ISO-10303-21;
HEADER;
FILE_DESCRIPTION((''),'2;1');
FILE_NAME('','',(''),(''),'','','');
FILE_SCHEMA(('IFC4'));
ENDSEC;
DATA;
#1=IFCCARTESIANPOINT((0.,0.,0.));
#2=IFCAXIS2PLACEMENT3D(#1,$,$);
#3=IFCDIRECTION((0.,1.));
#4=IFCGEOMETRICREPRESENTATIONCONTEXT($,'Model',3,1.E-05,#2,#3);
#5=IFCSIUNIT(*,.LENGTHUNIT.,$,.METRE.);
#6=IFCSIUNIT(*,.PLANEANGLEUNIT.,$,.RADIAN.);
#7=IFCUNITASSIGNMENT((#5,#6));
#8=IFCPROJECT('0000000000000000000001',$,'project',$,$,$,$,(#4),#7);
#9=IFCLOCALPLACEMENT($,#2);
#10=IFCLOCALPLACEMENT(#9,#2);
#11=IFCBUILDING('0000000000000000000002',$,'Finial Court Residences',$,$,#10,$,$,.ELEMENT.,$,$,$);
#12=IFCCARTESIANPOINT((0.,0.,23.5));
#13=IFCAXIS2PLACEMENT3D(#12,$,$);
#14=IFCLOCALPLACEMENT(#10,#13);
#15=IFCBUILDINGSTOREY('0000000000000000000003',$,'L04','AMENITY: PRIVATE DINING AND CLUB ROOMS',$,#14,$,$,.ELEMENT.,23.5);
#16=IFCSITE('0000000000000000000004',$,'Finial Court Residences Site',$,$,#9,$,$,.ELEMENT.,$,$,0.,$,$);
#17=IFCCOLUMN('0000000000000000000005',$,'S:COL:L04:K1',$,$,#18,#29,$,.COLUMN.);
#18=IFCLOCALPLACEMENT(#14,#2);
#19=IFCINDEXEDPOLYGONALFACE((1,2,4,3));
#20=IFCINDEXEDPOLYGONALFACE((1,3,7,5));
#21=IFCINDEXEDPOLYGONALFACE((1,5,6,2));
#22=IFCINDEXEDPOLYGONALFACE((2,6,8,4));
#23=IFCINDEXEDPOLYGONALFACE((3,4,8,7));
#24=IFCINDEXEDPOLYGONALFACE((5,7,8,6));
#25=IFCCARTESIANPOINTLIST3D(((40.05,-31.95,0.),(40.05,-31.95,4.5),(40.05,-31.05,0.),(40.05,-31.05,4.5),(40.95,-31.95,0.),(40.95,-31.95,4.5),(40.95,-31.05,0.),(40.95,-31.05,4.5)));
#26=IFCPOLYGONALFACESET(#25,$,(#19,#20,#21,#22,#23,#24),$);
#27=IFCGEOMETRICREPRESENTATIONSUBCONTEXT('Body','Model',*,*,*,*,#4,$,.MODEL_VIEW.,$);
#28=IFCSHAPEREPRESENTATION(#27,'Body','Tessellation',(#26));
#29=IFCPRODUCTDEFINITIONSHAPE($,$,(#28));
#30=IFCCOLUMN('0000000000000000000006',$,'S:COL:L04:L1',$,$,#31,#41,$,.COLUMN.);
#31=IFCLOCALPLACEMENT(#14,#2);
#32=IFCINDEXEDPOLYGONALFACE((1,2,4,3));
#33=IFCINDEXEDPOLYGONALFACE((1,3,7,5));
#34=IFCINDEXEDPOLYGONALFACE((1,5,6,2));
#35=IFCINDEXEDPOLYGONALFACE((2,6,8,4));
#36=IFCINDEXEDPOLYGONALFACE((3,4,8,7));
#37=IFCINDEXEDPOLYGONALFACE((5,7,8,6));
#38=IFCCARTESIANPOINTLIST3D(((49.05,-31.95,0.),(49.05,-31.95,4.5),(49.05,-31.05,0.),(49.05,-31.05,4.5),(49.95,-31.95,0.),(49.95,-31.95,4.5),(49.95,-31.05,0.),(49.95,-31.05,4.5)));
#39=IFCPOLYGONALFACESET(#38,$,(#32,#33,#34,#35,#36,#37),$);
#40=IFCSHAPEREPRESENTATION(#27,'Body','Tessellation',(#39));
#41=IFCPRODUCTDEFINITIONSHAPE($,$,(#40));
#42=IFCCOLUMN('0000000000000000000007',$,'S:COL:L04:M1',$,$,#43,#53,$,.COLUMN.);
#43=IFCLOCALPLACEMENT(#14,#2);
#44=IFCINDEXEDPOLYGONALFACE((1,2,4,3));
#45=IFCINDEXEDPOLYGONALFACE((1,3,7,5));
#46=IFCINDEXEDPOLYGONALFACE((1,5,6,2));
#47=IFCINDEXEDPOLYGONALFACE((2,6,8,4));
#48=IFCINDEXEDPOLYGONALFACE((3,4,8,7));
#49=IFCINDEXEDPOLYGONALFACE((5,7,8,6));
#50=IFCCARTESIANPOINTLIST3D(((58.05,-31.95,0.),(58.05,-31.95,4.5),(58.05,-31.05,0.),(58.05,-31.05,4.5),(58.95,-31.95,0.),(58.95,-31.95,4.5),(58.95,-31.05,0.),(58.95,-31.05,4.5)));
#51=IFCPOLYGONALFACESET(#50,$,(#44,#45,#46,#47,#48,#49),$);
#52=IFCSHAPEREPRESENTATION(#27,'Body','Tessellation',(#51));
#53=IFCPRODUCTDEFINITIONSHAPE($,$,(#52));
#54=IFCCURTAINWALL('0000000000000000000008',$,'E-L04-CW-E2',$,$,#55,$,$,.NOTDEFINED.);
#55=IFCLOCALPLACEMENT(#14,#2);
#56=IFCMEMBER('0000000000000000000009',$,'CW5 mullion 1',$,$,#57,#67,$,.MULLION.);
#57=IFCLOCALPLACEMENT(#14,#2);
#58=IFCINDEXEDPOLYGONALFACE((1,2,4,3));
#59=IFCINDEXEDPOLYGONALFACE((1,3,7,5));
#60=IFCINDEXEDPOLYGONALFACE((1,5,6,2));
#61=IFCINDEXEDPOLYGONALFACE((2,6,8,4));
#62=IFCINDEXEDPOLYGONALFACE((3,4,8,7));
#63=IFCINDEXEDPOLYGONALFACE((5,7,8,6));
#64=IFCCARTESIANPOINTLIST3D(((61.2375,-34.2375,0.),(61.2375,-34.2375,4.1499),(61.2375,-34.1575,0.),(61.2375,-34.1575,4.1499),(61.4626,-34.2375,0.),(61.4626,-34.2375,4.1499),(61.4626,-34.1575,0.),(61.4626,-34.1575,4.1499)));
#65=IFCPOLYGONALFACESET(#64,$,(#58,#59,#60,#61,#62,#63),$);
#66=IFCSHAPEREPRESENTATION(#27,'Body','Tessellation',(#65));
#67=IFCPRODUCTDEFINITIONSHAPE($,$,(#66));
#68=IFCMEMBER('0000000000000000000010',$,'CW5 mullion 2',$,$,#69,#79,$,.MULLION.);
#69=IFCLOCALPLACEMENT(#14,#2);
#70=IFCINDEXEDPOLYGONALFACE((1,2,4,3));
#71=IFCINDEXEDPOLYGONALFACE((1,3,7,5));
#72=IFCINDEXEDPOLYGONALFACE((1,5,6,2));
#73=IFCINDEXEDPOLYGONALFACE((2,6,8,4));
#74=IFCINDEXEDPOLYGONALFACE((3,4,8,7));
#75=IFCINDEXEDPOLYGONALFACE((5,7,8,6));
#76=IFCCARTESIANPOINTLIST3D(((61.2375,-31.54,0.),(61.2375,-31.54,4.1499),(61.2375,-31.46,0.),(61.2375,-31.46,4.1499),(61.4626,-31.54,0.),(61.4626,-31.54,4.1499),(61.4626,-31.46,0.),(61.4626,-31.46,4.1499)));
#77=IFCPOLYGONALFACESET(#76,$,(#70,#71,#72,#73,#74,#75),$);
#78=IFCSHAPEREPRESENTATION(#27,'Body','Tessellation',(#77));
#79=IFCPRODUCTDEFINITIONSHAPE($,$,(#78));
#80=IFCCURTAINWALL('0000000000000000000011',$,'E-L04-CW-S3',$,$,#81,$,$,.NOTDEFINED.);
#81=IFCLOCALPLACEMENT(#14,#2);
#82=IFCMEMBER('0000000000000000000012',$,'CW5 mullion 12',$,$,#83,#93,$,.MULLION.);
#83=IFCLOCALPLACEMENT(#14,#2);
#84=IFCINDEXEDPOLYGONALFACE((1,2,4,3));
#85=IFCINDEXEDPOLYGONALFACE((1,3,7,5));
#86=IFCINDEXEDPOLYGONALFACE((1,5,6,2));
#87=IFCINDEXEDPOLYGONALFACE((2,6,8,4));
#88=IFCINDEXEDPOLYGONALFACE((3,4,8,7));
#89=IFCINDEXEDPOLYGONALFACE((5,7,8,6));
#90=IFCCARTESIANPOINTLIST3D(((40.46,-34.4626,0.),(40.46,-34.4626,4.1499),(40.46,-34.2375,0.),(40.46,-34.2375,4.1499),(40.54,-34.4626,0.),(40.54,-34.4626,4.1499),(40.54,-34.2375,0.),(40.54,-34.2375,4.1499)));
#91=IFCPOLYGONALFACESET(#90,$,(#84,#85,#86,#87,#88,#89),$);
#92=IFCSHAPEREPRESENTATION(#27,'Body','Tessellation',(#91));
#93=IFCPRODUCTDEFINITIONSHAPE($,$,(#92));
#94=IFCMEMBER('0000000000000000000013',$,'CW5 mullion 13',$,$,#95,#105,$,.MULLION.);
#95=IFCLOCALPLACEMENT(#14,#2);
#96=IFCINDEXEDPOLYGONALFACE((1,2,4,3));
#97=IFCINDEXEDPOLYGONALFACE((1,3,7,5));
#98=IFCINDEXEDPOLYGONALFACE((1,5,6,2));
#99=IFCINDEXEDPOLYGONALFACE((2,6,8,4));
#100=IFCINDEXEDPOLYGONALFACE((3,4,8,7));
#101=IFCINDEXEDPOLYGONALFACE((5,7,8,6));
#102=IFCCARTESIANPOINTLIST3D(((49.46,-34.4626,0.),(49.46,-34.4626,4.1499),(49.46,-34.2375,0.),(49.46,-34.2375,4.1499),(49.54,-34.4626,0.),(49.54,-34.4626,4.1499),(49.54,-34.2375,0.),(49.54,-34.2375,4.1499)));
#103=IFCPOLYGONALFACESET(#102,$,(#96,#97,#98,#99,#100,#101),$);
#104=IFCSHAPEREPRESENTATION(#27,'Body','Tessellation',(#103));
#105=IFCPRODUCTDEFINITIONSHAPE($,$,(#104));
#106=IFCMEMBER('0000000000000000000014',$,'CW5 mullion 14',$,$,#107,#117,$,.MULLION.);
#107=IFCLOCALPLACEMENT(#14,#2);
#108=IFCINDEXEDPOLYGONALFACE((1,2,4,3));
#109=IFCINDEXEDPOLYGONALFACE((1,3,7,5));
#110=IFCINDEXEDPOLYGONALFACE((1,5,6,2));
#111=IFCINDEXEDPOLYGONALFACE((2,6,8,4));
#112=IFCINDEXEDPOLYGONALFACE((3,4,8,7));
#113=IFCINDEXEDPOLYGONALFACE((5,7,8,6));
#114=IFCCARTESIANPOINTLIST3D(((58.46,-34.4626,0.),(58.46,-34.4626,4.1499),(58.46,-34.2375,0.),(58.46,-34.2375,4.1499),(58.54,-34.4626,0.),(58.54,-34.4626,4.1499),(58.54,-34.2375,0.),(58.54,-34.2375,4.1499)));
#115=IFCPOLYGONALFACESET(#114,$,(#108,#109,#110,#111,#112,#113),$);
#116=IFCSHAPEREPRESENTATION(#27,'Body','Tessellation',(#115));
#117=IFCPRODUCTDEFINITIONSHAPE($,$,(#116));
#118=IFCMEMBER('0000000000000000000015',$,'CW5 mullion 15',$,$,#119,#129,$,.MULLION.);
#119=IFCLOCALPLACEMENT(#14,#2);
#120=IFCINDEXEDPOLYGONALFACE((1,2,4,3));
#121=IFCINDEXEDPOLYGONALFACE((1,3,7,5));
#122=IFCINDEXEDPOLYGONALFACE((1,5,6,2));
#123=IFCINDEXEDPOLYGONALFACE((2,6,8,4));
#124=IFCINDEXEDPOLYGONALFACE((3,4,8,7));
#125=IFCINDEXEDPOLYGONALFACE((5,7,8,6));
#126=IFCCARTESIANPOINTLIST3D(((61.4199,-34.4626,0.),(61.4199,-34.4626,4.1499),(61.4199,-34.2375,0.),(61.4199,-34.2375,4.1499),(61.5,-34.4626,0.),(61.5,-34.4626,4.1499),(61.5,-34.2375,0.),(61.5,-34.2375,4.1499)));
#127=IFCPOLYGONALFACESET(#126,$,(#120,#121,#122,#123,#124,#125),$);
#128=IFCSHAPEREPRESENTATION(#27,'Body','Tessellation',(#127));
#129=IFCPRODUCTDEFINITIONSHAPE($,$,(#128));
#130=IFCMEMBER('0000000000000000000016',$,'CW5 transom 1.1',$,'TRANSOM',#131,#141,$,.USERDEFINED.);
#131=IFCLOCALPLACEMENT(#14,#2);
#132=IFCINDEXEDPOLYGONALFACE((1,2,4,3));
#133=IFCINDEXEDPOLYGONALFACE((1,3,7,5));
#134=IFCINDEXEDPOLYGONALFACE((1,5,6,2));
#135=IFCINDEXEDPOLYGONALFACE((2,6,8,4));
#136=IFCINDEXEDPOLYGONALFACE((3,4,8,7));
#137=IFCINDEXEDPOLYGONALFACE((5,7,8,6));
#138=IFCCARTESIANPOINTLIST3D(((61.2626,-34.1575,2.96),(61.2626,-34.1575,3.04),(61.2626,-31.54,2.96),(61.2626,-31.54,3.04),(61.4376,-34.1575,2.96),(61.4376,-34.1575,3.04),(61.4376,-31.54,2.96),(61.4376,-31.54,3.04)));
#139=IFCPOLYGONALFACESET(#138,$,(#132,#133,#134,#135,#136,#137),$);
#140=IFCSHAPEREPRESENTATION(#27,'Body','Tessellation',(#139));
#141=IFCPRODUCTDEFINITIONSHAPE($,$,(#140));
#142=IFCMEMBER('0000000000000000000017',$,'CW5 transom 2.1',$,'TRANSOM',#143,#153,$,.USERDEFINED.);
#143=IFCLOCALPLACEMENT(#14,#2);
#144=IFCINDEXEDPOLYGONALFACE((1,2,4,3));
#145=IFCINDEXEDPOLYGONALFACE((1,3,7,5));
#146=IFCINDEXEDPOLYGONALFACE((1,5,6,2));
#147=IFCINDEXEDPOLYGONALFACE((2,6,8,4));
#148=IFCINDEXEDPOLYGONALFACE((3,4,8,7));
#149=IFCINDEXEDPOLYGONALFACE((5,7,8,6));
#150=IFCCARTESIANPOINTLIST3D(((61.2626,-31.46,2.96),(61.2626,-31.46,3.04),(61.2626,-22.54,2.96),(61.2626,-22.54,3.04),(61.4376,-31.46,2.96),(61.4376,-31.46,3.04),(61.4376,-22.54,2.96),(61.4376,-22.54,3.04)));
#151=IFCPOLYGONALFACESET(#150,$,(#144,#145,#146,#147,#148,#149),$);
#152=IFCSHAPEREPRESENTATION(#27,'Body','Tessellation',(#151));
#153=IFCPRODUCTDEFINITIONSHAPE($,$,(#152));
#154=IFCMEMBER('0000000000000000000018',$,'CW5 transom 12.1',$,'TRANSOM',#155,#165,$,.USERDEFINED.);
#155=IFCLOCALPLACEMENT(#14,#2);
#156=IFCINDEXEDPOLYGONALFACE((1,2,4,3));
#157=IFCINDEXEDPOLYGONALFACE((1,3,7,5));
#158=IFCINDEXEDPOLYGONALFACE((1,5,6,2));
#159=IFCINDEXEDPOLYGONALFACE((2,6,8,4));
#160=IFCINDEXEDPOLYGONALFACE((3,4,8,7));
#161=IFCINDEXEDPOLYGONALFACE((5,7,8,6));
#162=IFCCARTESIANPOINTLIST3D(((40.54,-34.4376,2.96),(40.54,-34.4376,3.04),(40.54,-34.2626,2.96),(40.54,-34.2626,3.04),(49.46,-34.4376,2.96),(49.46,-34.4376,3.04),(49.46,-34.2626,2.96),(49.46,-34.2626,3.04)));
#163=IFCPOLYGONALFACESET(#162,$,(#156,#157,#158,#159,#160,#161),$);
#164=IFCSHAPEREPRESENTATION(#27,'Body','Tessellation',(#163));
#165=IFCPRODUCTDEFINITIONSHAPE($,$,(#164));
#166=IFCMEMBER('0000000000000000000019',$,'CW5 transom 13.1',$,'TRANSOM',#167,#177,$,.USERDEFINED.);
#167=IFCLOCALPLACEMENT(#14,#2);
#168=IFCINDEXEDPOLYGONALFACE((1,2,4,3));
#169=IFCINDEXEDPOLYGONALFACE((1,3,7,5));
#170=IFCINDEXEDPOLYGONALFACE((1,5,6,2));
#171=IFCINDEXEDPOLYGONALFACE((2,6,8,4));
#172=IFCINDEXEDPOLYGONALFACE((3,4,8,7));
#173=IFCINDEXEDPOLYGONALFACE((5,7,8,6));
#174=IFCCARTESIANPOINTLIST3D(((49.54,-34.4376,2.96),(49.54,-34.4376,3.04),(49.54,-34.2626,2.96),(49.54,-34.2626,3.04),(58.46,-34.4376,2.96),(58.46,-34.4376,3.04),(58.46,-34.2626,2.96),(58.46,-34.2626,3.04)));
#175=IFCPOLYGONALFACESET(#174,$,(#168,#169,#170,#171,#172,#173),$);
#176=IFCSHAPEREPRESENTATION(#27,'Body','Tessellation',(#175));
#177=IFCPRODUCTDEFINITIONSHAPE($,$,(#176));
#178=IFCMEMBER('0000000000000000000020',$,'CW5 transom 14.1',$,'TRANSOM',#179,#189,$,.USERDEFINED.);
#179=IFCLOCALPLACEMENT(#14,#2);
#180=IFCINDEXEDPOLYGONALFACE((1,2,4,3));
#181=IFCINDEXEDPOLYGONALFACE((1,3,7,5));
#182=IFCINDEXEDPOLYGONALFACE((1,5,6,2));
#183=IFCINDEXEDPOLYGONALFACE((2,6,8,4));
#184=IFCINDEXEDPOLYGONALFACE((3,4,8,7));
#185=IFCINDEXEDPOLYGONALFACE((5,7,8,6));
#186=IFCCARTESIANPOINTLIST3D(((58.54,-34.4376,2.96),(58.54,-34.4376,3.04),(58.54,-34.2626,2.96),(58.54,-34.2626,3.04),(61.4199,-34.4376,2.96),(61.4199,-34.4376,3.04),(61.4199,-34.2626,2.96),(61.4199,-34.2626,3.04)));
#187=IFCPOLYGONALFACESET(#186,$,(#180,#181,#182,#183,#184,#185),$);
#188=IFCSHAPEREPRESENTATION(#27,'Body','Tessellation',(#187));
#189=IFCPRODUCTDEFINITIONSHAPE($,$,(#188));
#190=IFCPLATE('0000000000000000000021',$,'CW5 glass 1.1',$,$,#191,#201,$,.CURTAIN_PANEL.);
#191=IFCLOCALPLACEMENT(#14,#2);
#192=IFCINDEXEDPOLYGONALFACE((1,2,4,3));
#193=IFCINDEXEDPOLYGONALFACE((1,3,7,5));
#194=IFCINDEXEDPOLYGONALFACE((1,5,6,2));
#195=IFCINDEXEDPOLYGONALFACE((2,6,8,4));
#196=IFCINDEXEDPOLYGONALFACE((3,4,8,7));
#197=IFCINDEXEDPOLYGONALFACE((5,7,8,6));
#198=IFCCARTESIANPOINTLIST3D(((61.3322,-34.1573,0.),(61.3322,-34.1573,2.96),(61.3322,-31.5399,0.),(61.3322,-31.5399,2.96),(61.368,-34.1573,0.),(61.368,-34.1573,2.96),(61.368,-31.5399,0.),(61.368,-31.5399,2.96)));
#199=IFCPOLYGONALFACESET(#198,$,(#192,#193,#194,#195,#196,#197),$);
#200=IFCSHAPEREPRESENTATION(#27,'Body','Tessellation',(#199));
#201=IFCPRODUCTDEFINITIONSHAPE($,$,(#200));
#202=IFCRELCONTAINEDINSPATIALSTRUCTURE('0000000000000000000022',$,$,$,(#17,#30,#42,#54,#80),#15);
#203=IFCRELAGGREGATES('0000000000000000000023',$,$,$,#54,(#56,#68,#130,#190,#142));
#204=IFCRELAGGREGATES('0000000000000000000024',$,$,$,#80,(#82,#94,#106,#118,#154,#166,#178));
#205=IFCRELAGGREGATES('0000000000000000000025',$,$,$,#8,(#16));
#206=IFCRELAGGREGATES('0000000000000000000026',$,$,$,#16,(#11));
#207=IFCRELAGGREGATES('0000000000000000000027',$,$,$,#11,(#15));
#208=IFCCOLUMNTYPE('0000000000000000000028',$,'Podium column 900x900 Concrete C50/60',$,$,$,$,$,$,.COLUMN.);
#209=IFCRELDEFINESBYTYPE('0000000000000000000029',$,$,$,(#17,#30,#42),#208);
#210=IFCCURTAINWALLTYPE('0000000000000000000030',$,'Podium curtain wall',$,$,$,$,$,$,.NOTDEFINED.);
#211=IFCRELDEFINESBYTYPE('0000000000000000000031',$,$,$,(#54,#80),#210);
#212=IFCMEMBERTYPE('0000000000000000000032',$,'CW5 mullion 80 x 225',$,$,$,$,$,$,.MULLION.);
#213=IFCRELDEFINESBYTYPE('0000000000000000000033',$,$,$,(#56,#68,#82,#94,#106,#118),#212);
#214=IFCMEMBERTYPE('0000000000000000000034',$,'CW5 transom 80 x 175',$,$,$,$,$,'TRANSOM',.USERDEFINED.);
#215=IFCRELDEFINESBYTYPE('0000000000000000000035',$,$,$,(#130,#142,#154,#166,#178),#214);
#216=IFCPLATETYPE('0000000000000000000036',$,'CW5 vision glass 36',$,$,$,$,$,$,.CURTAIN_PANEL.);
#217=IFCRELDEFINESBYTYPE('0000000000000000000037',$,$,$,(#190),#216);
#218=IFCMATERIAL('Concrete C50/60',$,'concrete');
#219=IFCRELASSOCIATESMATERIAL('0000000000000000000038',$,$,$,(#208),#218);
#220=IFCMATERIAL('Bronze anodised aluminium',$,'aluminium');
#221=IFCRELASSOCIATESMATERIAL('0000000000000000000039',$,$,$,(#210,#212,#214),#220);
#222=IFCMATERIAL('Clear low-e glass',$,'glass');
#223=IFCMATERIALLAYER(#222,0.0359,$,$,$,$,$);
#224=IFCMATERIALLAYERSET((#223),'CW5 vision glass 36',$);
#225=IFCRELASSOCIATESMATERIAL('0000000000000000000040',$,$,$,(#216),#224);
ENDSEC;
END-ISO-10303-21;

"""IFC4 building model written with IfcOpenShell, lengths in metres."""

from ifc_helpers import new_model, si_unit, direction, frame, origin, origin_2d, place, context, subcontext, project, spatial, rectangle, extrude, material, layer, layer_set, material_profile, profile_set, type_object, element, aggregate, save


model = new_model("IFC4")

# Units and contexts
model_context = context("Model", 3, precision=1e-05, world=origin(), true_north=direction((0.0, 1.0)))
body_context = subcontext(model_context, "Body", "Model", "MODEL_VIEW")
ifc_project = project(units=[si_unit("LENGTHUNIT", "METRE"), si_unit("PLANEANGLEUNIT", "RADIAN")], contexts=[model_context])

# Site, building, storey
site_placement = place(None, origin())
site = spatial("IfcSite", under=ifc_project, at=site_placement, Name="Finial Court Residences Site", CompositionType="ELEMENT", RefElevation=0.0)
building_placement = place(site_placement, origin())
building = spatial("IfcBuilding", under=site, at=building_placement, Name="Finial Court Residences", CompositionType="ELEMENT")
storey_placement = place(building_placement, frame((0.0, 0.0, 23.5)))
storey = spatial("IfcBuildingStorey", under=building, at=storey_placement, Name="L04", Description="AMENITY: PRIVATE DINING AND CLUB ROOMS", CompositionType="ELEMENT", Elevation=23.5)

# Columns
ifc_material_1 = material(Name="Concrete C50/60", Category="concrete")
ifc_material_profile_1 = material_profile(ifc_material_1, rectangle(XDim=0.8999, YDim=0.8999, at=origin_2d()), Name="900x900")
ifc_profile_set_1 = profile_set([ifc_material_profile_1], Name="Concrete C50/60")
column_type = type_object("IfcColumnType", Name="Podium column 900x900 Concrete C50/60", PredefinedType="COLUMN", material=ifc_profile_set_1)
for number, where, z_axis, x_axis, name in (
    (1, (40.5, -31.5, 0.0), (0.0, 0.0, 1.0), (1.0, 0.0, 0.0), "S:COL:L04:K1"),
    (2, (49.5, -31.5, 0.0), (0.0, 0.0, 1.0), (1.0, 0.0, 0.0), "S:COL:L04:L1"),
    (3, (58.5, -31.5, 0.0), (0.0, 0.0, 1.0), (1.0, 0.0, 0.0), "S:COL:L04:M1"),
):
    element("IfcColumn", number, at=place(storey_placement, frame(where, z_axis=z_axis, x_axis=x_axis)), inside=storey, type_object=column_type, Name=name, PredefinedType="COLUMN", context=body_context, shape_type="SweptSolid", body=[
        extrude(rectangle(XDim=0.8999, YDim=0.8999, at=origin_2d()), origin(), (0.0, 0.0, 1.0), 4.5),
    ])

# Curtain walls, members
ifc_material_2 = material(Name="Bronze anodised aluminium", Category="aluminium")
curtain_wall_type = type_object("IfcCurtainWallType", Name="Podium curtain wall", PredefinedType="NOTDEFINED", material=ifc_material_2)
curtain_wall_1_placement = place(storey_placement, origin())
curtain_wall_1 = element("IfcCurtainWall", 4, at=curtain_wall_1_placement, inside=storey, type_object=curtain_wall_type, Name="E-L04-CW-E2", PredefinedType="NOTDEFINED")
ifc_material_profile_2 = material_profile(ifc_material_2, rectangle(XDim=0.2251, YDim=0.0801, at=origin_2d()), Name="CW5 mullion 80 x 225")
ifc_profile_set_2 = profile_set([ifc_material_profile_2], Name="Bronze anodised aluminium")
member_type_1 = type_object("IfcMemberType", Name="CW5 mullion 80 x 225", PredefinedType="MULLION", material=ifc_profile_set_2)
member_1_placement = place(storey_placement, frame((61.3501, -34.1975, 0.0), z_axis=(0.0, 0.0, 1.0), x_axis=(-1.0, 0.0, 0.0)))
member_1 = element("IfcMember", 5, at=member_1_placement, type_object=member_type_1, Name="CW5 mullion 1", PredefinedType="MULLION", context=body_context, shape_type="SweptSolid", body=[
    extrude(rectangle(XDim=0.2251, YDim=0.0801, at=origin_2d()), origin(), (0.0, 0.0, 1.0), 4.1499),
])
member_2_placement = place(storey_placement, frame((61.3501, -31.5, 0.0), z_axis=(0.0, 0.0, 1.0), x_axis=(-1.0, 0.0, 0.0)))
member_2 = element("IfcMember", 6, at=member_2_placement, type_object=member_type_1, Name="CW5 mullion 2", PredefinedType="MULLION", context=body_context, shape_type="SweptSolid", body=[
    extrude(rectangle(XDim=0.2251, YDim=0.0801, at=origin_2d()), origin(), (0.0, 0.0, 1.0), 4.1499),
])
curtain_wall_2_placement = place(storey_placement, origin())
curtain_wall_2 = element("IfcCurtainWall", 7, at=curtain_wall_2_placement, inside=storey, type_object=curtain_wall_type, Name="E-L04-CW-S3", PredefinedType="NOTDEFINED")
member_3_placement = place(storey_placement, frame((40.5, -34.3501, 0.0), z_axis=(0.0, 0.0, 1.0), x_axis=(0.0, 1.0, 0.0)))
member_3 = element("IfcMember", 8, at=member_3_placement, type_object=member_type_1, Name="CW5 mullion 12", PredefinedType="MULLION", context=body_context, shape_type="SweptSolid", body=[
    extrude(rectangle(XDim=0.2251, YDim=0.0801, at=origin_2d()), origin(), (0.0, 0.0, 1.0), 4.1499),
])
member_4_placement = place(storey_placement, frame((49.5, -34.3501, 0.0), z_axis=(0.0, 0.0, 1.0), x_axis=(0.0, 1.0, 0.0)))
member_4 = element("IfcMember", 9, at=member_4_placement, type_object=member_type_1, Name="CW5 mullion 13", PredefinedType="MULLION", context=body_context, shape_type="SweptSolid", body=[
    extrude(rectangle(XDim=0.2251, YDim=0.0801, at=origin_2d()), origin(), (0.0, 0.0, 1.0), 4.1499),
])
member_5_placement = place(storey_placement, frame((58.5, -34.3501, 0.0), z_axis=(0.0, 0.0, 1.0), x_axis=(0.0, 1.0, 0.0)))
member_5 = element("IfcMember", 10, at=member_5_placement, type_object=member_type_1, Name="CW5 mullion 14", PredefinedType="MULLION", context=body_context, shape_type="SweptSolid", body=[
    extrude(rectangle(XDim=0.2251, YDim=0.0801, at=origin_2d()), origin(), (0.0, 0.0, 1.0), 4.1499),
])
member_6_placement = place(storey_placement, frame((61.46, -34.3501, 0.0), z_axis=(0.0, 0.0, 1.0), x_axis=(0.0, 1.0, 0.0)))
member_6 = element("IfcMember", 11, at=member_6_placement, type_object=member_type_1, Name="CW5 mullion 15", PredefinedType="MULLION", context=body_context, shape_type="SweptSolid", body=[
    extrude(rectangle(XDim=0.2251, YDim=0.0801, at=origin_2d()), origin(), (0.0, 0.0, 1.0), 4.1499),
])

# Members
ifc_material_profile_3 = material_profile(ifc_material_2, rectangle(XDim=0.175, YDim=0.0801, at=origin_2d()), Name="CW5 transom 80 x 175")
ifc_profile_set_3 = profile_set([ifc_material_profile_3], Name="Bronze anodised aluminium")
member_type_2 = type_object("IfcMemberType", Name="CW5 transom 80 x 175", ElementType="TRANSOM", PredefinedType="USERDEFINED", material=ifc_profile_set_3)
member_7_placement = place(storey_placement, frame((61.3501, -34.1575, 3.0), z_axis=(0.0, 1.0, 0.0), x_axis=(-1.0, 0.0, 0.0)))
member_7 = element("IfcMember", 12, at=member_7_placement, type_object=member_type_2, Name="CW5 transom 1.1", ObjectType="TRANSOM", PredefinedType="USERDEFINED", context=body_context, shape_type="SweptSolid", body=[
    extrude(rectangle(XDim=0.175, YDim=0.0801, at=origin_2d()), origin(), (0.0, 0.0, 1.0), 2.6174),
])
member_8_placement = place(storey_placement, frame((61.3501, -31.46, 3.0), z_axis=(0.0, 1.0, 0.0), x_axis=(-1.0, 0.0, 0.0)))
member_8 = element("IfcMember", 13, at=member_8_placement, type_object=member_type_2, Name="CW5 transom 2.1", ObjectType="TRANSOM", PredefinedType="USERDEFINED", context=body_context, shape_type="SweptSolid", body=[
    extrude(rectangle(XDim=0.175, YDim=0.0801, at=origin_2d()), origin(), (0.0, 0.0, 1.0), 8.9199),
])
member_9_placement = place(storey_placement, frame((40.54, -34.3501, 3.0), z_axis=(1.0, 0.0, 0.0), x_axis=(0.0, 1.0, 0.0)))
member_9 = element("IfcMember", 14, at=member_9_placement, type_object=member_type_2, Name="CW5 transom 12.1", ObjectType="TRANSOM", PredefinedType="USERDEFINED", context=body_context, shape_type="SweptSolid", body=[
    extrude(rectangle(XDim=0.175, YDim=0.0801, at=origin_2d()), origin(), (0.0, 0.0, 1.0), 8.9199),
])
member_10_placement = place(storey_placement, frame((49.54, -34.3501, 3.0), z_axis=(1.0, 0.0, 0.0), x_axis=(0.0, 1.0, 0.0)))
member_10 = element("IfcMember", 15, at=member_10_placement, type_object=member_type_2, Name="CW5 transom 13.1", ObjectType="TRANSOM", PredefinedType="USERDEFINED", context=body_context, shape_type="SweptSolid", body=[
    extrude(rectangle(XDim=0.175, YDim=0.0801, at=origin_2d()), origin(), (0.0, 0.0, 1.0), 8.9199),
])
member_11_placement = place(storey_placement, frame((58.54, -34.3501, 3.0), z_axis=(1.0, 0.0, 0.0), x_axis=(0.0, 1.0, 0.0)))
member_11 = element("IfcMember", 16, at=member_11_placement, type_object=member_type_2, Name="CW5 transom 14.1", ObjectType="TRANSOM", PredefinedType="USERDEFINED", context=body_context, shape_type="SweptSolid", body=[
    extrude(rectangle(XDim=0.175, YDim=0.0801, at=origin_2d()), origin(), (0.0, 0.0, 1.0), 2.8799),
])

# Plate
ifc_material_3 = material(Name="Clear low-e glass", Category="glass")
ifc_layer_1 = layer(ifc_material_3, 0.0359)
ifc_layer_set_1 = layer_set([ifc_layer_1], Name="CW5 vision glass 36")
plate_type = type_object("IfcPlateType", Name="CW5 vision glass 36", PredefinedType="CURTAIN_PANEL", material=ifc_layer_set_1)
plate_1_placement = place(storey_placement, frame((61.3501, -32.8486, 0.0), z_axis=(0.0, 0.0, 1.0), x_axis=(0.0, 1.0, 0.0)))
plate_1 = element("IfcPlate", 17, at=plate_1_placement, type_object=plate_type, Name="CW5 glass 1.1", PredefinedType="CURTAIN_PANEL", context=body_context, shape_type="SweptSolid", body=[
    extrude(rectangle(XDim=2.6174, YDim=0.0359, at=origin_2d()), origin(), (0.0, 0.0, 1.0), 2.96),
])
aggregate(curtain_wall_1, [member_1, member_2, member_7, plate_1, member_8])
aggregate(curtain_wall_2, [member_3, member_4, member_5, member_6, member_9, member_10, member_11])

save(model, "model.ifc")
